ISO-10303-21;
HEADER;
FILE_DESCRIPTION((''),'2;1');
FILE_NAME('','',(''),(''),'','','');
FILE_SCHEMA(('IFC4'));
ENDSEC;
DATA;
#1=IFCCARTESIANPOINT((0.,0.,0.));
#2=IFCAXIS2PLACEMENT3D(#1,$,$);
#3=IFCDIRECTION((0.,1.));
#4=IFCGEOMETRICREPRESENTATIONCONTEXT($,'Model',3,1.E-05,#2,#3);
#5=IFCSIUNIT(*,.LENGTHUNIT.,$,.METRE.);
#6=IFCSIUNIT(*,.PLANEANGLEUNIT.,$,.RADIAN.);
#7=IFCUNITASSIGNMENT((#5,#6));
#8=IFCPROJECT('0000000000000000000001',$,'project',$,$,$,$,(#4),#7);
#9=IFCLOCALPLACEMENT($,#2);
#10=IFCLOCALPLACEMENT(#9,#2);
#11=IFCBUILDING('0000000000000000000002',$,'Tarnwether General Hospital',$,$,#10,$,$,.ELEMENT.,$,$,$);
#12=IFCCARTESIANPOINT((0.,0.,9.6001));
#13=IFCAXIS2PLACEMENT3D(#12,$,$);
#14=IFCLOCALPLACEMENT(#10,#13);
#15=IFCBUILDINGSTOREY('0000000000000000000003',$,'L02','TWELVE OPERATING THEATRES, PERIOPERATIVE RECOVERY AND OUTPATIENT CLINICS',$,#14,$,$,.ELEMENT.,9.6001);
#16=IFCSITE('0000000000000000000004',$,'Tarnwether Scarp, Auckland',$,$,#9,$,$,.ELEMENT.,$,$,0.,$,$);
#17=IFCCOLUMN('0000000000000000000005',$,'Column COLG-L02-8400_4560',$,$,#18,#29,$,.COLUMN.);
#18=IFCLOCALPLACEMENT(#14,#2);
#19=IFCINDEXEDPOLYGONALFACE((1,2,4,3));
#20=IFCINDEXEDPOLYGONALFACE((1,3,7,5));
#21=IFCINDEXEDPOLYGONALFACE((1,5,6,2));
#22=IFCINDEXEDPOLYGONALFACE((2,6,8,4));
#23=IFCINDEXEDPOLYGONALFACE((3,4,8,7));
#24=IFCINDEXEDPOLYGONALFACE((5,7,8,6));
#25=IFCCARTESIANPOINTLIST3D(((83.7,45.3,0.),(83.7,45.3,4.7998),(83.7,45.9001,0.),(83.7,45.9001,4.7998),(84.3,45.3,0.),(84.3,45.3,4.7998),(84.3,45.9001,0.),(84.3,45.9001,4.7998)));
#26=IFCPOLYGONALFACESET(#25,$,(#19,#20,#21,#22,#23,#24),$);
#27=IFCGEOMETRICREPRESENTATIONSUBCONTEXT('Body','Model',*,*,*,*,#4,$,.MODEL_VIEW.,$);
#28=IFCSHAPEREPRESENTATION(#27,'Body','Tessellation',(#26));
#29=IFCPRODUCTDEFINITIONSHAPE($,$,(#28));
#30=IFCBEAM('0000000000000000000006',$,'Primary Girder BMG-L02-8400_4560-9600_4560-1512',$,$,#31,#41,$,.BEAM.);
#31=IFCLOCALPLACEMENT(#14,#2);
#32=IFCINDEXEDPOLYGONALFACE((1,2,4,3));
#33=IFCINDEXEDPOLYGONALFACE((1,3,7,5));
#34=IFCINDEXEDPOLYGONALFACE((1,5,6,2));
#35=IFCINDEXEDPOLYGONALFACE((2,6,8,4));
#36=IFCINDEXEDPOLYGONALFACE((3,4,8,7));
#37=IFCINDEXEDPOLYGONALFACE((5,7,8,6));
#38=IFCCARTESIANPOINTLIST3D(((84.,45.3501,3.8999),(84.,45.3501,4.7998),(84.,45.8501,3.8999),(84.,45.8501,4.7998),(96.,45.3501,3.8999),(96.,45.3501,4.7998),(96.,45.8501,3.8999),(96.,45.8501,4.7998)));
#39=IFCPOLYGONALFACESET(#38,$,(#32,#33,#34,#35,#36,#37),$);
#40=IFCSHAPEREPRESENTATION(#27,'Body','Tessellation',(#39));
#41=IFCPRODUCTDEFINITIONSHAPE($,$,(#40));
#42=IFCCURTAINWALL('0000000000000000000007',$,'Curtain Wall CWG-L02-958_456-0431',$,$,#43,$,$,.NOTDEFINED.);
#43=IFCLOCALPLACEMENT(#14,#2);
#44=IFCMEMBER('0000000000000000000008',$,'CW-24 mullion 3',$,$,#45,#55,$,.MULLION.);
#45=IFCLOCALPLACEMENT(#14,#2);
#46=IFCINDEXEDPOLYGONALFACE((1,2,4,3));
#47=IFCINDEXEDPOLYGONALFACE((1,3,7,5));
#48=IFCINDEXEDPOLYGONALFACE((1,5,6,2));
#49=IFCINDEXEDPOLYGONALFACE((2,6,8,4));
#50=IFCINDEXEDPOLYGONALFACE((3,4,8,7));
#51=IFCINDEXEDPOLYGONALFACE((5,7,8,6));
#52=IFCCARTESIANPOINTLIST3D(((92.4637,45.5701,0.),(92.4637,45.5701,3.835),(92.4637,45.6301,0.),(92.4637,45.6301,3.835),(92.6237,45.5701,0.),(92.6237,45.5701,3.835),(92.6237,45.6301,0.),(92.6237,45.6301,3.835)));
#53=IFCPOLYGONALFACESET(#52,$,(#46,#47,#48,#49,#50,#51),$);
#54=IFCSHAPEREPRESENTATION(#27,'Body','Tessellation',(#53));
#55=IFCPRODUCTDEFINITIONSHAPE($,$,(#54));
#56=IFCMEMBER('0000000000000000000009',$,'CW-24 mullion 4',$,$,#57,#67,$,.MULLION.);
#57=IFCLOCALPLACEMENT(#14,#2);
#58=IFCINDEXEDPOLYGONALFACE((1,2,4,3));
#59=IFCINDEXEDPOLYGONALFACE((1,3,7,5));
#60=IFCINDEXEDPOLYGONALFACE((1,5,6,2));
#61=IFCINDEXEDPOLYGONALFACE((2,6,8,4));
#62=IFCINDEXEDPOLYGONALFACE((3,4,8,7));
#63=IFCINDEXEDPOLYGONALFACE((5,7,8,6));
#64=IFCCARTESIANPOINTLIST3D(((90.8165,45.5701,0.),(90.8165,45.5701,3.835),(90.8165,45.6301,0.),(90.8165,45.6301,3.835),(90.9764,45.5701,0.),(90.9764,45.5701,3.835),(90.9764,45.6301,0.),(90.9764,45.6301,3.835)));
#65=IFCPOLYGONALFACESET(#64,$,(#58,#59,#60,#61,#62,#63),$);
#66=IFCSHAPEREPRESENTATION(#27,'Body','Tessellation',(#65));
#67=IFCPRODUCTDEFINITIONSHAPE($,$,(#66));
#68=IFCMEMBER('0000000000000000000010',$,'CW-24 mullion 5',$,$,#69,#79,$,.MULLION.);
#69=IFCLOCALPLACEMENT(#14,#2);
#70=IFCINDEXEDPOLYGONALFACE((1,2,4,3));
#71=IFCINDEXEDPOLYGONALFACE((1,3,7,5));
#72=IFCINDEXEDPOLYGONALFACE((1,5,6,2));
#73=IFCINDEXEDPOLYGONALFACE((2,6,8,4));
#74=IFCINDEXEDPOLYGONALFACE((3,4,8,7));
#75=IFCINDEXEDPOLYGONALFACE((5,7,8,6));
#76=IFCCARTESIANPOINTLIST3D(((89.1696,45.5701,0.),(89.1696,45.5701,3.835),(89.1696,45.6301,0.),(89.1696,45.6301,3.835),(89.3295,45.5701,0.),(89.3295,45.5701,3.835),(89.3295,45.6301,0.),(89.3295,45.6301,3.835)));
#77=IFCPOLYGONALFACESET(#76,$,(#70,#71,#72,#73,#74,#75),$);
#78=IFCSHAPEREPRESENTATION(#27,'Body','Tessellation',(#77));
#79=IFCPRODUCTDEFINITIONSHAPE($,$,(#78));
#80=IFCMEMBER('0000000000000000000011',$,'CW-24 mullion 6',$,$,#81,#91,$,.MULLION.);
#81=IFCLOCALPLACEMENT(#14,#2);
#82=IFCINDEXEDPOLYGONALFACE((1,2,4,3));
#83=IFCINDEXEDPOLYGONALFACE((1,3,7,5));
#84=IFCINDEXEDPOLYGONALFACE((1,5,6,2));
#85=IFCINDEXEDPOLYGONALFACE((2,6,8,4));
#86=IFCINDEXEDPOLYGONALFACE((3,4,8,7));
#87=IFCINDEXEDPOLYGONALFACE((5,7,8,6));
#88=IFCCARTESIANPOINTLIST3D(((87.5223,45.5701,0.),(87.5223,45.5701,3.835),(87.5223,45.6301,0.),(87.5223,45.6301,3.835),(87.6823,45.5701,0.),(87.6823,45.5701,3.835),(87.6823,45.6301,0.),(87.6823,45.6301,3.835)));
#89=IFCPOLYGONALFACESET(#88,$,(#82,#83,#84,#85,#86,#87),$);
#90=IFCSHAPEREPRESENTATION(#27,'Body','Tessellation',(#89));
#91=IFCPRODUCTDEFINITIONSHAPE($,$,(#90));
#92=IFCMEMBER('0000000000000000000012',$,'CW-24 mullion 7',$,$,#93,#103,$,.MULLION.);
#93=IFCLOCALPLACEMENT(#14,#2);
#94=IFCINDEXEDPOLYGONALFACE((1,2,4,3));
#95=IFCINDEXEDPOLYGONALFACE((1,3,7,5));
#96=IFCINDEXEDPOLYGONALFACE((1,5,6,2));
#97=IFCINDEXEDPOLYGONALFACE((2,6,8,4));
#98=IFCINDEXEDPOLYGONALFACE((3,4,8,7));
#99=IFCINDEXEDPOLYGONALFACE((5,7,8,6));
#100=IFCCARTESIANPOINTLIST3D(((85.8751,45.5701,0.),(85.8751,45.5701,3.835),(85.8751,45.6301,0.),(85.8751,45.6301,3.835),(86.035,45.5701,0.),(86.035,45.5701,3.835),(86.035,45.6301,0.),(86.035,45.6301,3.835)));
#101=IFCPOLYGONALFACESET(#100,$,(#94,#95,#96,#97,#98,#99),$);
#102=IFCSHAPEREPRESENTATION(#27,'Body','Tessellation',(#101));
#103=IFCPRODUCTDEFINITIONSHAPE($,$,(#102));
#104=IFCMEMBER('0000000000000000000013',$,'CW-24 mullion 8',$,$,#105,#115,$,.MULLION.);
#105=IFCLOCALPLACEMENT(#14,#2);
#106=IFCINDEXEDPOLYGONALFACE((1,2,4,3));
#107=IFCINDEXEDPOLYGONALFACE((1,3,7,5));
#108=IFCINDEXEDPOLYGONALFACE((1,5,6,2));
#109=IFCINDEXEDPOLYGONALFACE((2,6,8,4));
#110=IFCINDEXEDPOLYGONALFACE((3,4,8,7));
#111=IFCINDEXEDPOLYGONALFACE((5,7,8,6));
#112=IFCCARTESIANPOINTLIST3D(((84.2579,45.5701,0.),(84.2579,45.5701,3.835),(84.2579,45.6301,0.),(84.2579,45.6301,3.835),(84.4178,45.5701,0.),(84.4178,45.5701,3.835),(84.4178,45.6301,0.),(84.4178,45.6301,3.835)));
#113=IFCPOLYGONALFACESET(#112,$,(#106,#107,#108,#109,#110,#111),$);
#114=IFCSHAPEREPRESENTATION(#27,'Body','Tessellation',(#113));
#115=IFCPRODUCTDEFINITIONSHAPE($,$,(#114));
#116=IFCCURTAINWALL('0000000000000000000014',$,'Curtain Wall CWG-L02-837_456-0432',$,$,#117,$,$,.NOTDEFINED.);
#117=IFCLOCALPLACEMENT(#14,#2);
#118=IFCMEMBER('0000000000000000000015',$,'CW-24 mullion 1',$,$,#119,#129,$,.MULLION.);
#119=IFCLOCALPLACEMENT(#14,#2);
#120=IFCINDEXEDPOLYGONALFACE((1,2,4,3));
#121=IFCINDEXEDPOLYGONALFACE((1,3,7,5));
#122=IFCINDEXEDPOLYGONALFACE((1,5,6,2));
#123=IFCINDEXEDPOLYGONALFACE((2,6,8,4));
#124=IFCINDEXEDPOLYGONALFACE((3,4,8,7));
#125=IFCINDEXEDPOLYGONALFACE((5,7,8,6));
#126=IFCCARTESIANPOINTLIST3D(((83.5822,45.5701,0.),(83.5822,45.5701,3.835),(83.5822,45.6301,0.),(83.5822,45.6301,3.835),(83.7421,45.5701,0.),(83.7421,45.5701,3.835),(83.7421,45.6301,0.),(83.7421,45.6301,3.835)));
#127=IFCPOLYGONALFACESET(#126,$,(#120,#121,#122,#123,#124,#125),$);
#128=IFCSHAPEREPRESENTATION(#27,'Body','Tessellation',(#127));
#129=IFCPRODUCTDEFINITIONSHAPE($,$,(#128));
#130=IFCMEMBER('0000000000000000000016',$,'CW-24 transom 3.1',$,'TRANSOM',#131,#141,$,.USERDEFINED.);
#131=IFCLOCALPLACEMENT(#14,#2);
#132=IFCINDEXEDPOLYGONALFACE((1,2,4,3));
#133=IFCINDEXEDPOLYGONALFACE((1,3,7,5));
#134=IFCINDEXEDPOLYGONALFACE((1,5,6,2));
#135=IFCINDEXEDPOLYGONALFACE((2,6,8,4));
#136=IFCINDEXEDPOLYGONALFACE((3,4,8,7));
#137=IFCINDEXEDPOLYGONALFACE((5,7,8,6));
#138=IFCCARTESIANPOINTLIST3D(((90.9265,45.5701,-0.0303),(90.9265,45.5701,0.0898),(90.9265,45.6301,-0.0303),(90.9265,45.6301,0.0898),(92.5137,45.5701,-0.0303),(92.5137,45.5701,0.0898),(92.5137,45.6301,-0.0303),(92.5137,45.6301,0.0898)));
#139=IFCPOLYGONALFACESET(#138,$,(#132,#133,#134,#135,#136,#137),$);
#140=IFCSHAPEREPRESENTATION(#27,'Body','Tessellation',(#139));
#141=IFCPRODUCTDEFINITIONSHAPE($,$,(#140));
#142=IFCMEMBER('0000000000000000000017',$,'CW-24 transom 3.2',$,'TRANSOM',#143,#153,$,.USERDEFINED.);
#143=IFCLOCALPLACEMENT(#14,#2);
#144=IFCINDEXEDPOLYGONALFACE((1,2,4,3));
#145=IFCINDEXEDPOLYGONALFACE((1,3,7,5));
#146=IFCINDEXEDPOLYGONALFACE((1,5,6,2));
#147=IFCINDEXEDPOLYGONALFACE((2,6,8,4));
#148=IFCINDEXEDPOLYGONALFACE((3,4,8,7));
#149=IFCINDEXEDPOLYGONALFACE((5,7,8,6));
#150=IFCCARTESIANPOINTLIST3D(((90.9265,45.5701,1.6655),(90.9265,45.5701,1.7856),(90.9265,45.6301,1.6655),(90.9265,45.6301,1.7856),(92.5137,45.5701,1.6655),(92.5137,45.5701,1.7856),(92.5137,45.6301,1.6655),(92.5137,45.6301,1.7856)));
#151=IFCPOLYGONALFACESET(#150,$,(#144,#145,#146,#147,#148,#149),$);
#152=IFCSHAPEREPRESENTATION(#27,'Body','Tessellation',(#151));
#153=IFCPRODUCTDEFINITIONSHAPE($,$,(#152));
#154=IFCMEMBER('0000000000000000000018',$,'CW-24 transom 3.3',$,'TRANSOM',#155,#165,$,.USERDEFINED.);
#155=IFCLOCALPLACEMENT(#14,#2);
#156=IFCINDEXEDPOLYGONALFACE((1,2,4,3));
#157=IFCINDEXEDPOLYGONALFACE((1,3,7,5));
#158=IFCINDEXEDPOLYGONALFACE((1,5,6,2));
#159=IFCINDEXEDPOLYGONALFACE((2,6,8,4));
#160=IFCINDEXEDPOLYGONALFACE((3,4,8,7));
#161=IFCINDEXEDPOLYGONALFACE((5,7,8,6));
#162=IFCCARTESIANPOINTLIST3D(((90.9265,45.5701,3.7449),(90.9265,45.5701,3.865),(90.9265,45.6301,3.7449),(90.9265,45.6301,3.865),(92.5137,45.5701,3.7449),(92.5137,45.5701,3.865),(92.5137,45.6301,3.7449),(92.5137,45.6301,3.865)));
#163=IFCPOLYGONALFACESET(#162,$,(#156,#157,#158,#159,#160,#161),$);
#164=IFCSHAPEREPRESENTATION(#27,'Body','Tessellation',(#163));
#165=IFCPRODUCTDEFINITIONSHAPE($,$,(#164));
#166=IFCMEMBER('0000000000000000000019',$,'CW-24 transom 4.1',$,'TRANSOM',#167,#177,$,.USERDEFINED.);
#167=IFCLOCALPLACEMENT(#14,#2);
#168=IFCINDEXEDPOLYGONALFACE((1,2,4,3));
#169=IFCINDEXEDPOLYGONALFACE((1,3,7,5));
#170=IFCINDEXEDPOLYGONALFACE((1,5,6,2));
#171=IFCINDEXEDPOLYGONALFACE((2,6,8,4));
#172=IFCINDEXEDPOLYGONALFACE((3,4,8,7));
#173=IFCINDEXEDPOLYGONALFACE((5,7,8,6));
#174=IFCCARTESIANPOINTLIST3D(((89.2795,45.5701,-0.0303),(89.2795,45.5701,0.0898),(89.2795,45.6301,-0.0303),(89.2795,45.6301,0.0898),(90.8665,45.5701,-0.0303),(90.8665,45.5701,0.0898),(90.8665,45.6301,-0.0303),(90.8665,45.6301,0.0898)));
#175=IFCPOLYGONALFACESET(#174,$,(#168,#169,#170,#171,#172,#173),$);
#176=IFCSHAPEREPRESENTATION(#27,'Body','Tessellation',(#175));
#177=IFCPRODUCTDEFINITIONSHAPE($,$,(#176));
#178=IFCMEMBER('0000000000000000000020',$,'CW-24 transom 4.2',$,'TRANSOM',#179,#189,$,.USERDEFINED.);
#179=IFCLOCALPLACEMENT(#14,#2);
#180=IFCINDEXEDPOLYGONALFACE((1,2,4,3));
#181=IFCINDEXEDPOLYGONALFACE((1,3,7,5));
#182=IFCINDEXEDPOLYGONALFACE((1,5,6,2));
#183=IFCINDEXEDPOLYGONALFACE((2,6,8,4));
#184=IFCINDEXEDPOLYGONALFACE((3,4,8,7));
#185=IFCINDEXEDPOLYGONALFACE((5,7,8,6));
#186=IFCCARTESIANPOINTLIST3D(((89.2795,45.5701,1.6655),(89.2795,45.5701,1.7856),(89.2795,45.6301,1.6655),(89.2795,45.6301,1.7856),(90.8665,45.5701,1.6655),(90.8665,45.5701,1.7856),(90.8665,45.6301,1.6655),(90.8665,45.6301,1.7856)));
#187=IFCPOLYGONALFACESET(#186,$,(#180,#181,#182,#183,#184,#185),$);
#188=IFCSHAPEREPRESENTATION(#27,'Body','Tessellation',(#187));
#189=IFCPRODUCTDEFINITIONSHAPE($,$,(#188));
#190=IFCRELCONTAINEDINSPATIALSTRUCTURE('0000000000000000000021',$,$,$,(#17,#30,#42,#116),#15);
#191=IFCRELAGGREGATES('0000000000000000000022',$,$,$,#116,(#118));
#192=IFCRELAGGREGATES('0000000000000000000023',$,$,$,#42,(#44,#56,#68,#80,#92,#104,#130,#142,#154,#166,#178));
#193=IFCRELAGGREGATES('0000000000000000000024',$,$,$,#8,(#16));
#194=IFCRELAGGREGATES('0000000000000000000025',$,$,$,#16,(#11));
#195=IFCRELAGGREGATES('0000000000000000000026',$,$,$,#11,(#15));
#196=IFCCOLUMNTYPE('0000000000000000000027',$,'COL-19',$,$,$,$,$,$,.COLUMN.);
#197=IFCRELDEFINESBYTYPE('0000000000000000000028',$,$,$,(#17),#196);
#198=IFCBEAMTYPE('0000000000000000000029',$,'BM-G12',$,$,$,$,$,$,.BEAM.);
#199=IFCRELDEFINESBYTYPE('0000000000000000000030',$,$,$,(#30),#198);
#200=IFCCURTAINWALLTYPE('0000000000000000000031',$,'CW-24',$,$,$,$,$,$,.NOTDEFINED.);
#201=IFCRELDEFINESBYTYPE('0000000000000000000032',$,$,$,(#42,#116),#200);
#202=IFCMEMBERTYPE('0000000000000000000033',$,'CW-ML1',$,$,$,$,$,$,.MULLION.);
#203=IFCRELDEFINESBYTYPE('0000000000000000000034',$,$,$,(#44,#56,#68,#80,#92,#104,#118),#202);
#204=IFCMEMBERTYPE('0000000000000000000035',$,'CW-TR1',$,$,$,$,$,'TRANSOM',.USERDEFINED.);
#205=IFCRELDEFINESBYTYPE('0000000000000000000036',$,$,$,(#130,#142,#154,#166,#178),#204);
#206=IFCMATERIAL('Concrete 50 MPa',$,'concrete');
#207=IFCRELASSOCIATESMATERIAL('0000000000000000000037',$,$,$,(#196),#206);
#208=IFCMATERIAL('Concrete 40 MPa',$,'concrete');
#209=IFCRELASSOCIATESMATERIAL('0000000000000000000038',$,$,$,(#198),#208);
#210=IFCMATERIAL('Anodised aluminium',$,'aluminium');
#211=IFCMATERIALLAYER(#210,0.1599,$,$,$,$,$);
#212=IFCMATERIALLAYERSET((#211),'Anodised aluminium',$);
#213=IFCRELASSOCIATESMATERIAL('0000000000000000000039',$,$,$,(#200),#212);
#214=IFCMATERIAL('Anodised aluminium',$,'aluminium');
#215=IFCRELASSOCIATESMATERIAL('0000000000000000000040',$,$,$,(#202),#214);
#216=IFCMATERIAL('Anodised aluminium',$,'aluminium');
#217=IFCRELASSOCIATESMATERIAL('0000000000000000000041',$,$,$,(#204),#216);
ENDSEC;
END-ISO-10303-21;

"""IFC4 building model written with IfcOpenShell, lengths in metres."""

from ifc_helpers import new_model, si_unit, direction, frame, origin, origin_2d, place, context, subcontext, project, spatial, rectangle, extrude, material, layer, layer_set, material_profile, profile_set, type_object, element, aggregate, save


model = new_model("IFC4")

# Units and contexts
model_context = context("Model", 3, precision=1e-05, world=origin(), true_north=direction((0.0, 1.0)))
body_context = subcontext(model_context, "Body", "Model", "MODEL_VIEW")
ifc_project = project(units=[si_unit("LENGTHUNIT", "METRE"), si_unit("PLANEANGLEUNIT", "RADIAN")], contexts=[model_context])

# Site, building, storey
site_placement = place(None, origin())
site = spatial("IfcSite", under=ifc_project, at=site_placement, Name="Tarnwether Scarp, Auckland", CompositionType="ELEMENT", RefElevation=0.0)
building_placement = place(site_placement, origin())
building = spatial("IfcBuilding", under=site, at=building_placement, Name="Tarnwether General Hospital", CompositionType="ELEMENT")
storey_placement = place(building_placement, frame((0.0, 0.0, 9.6001)))
storey = spatial("IfcBuildingStorey", under=building, at=storey_placement, Name="L02", Description="TWELVE OPERATING THEATRES, PERIOPERATIVE RECOVERY AND OUTPATIENT CLINICS", CompositionType="ELEMENT", Elevation=9.6001)

# Column
ifc_material_1 = material(Name="Concrete 50 MPa", Category="concrete")
ifc_material_profile_1 = material_profile(ifc_material_1, rectangle(XDim=0.6001, YDim=0.6001, at=origin_2d()), Name="RC-COL-600x600")
ifc_profile_set_1 = profile_set([ifc_material_profile_1], Name="Concrete 50 MPa")
column_type = type_object("IfcColumnType", Name="COL-19", PredefinedType="COLUMN", material=ifc_profile_set_1)
column_placement = place(storey_placement, frame((84.0, 45.6001, 0.0), z_axis=(0.0, 0.0, 1.0), x_axis=(0.0, 1.0, 0.0)))
element("IfcColumn", 1, at=column_placement, inside=storey, type_object=column_type, Name="Column COLG-L02-8400_4560", PredefinedType="COLUMN", context=body_context, shape_type="SweptSolid", body=[
    extrude(rectangle(XDim=0.6001, YDim=0.6001, at=origin_2d()), origin(), (0.0, 0.0, 1.0), 4.7998),
])

# Beam
ifc_material_2 = material(Name="Concrete 40 MPa", Category="concrete")
ifc_material_profile_2 = material_profile(ifc_material_2, rectangle(XDim=0.5, YDim=0.8999, at=origin_2d()), Name="RC-BM-500x900")
ifc_profile_set_2 = profile_set([ifc_material_profile_2], Name="Concrete 40 MPa")
beam_type = type_object("IfcBeamType", Name="BM-G12", PredefinedType="BEAM", material=ifc_profile_set_2)
beam_placement = place(storey_placement, frame((84.0, 45.6001, 4.3499), z_axis=(1.0, 0.0, 0.0), x_axis=(0.0, 1.0, 0.0)))
element("IfcBeam", 2, at=beam_placement, inside=storey, type_object=beam_type, Name="Primary Girder BMG-L02-8400_4560-9600_4560-1512", PredefinedType="BEAM", context=body_context, shape_type="SweptSolid", body=[
    extrude(rectangle(XDim=0.5, YDim=0.8999, at=origin_2d()), origin(), (0.0, 0.0, 1.0), 12.0),
])

# Curtain wall, members
ifc_material_3 = material(Name="Anodised aluminium", Category="aluminium")
ifc_layer_1 = layer(ifc_material_3, 0.1599)
ifc_layer_set_1 = layer_set([ifc_layer_1], Name="Anodised aluminium")
curtain_wall_type = type_object("IfcCurtainWallType", Name="CW-24", PredefinedType="NOTDEFINED", material=ifc_layer_set_1)
curtain_wall_1_placement = place(storey_placement, origin())
curtain_wall_1 = element("IfcCurtainWall", 3, at=curtain_wall_1_placement, inside=storey, type_object=curtain_wall_type, Name="Curtain Wall CWG-L02-958_456-0431", PredefinedType="NOTDEFINED")
ifc_material_4 = material(Name="Anodised aluminium", Category="aluminium")
ifc_material_profile_3 = material_profile(ifc_material_4, rectangle(XDim=0.0601, YDim=0.1599, at=origin_2d()), Name="ALU-MUL-60x160")
ifc_profile_set_3 = profile_set([ifc_material_profile_3], Name="Anodised aluminium")
member_type_1 = type_object("IfcMemberType", Name="CW-ML1", PredefinedType="MULLION", material=ifc_profile_set_3)
member_1_placement = place(storey_placement, frame((92.5437, 45.6001, 0.0), z_axis=(0.0, 0.0, 1.0), x_axis=(0.0, -1.0, 0.0)))
member_1 = element("IfcMember", 4, at=member_1_placement, type_object=member_type_1, Name="CW-24 mullion 3", PredefinedType="MULLION", context=body_context, shape_type="SweptSolid", body=[
    extrude(rectangle(XDim=0.0601, YDim=0.1599, at=origin_2d()), origin(), (0.0, 0.0, 1.0), 3.835),
])
member_2_placement = place(storey_placement, frame((90.8965, 45.6001, 0.0), z_axis=(0.0, 0.0, 1.0), x_axis=(0.0, -1.0, 0.0)))
member_2 = element("IfcMember", 5, at=member_2_placement, type_object=member_type_1, Name="CW-24 mullion 4", PredefinedType="MULLION", context=body_context, shape_type="SweptSolid", body=[
    extrude(rectangle(XDim=0.0601, YDim=0.1599, at=origin_2d()), origin(), (0.0, 0.0, 1.0), 3.835),
])
member_3_placement = place(storey_placement, frame((89.2495, 45.6001, 0.0), z_axis=(0.0, 0.0, 1.0), x_axis=(0.0, -1.0, 0.0)))
member_3 = element("IfcMember", 6, at=member_3_placement, type_object=member_type_1, Name="CW-24 mullion 5", PredefinedType="MULLION", context=body_context, shape_type="SweptSolid", body=[
    extrude(rectangle(XDim=0.0601, YDim=0.1599, at=origin_2d()), origin(), (0.0, 0.0, 1.0), 3.835),
])
member_4_placement = place(storey_placement, frame((87.6023, 45.6001, 0.0), z_axis=(0.0, 0.0, 1.0), x_axis=(0.0, -1.0, 0.0)))
member_4 = element("IfcMember", 7, at=member_4_placement, type_object=member_type_1, Name="CW-24 mullion 6", PredefinedType="MULLION", context=body_context, shape_type="SweptSolid", body=[
    extrude(rectangle(XDim=0.0601, YDim=0.1599, at=origin_2d()), origin(), (0.0, 0.0, 1.0), 3.835),
])
member_5_placement = place(storey_placement, frame((85.9551, 45.6001, 0.0), z_axis=(0.0, 0.0, 1.0), x_axis=(0.0, -1.0, 0.0)))
member_5 = element("IfcMember", 8, at=member_5_placement, type_object=member_type_1, Name="CW-24 mullion 7", PredefinedType="MULLION", context=body_context, shape_type="SweptSolid", body=[
    extrude(rectangle(XDim=0.0601, YDim=0.1599, at=origin_2d()), origin(), (0.0, 0.0, 1.0), 3.835),
])
member_6_placement = place(storey_placement, frame((84.3379, 45.6001, 0.0), z_axis=(0.0, 0.0, 1.0), x_axis=(0.0, -1.0, 0.0)))
member_6 = element("IfcMember", 9, at=member_6_placement, type_object=member_type_1, Name="CW-24 mullion 8", PredefinedType="MULLION", context=body_context, shape_type="SweptSolid", body=[
    extrude(rectangle(XDim=0.0601, YDim=0.1599, at=origin_2d()), origin(), (0.0, 0.0, 1.0), 3.835),
])

# Curtain wall, member
curtain_wall_2_placement = place(storey_placement, origin())
curtain_wall_2 = element("IfcCurtainWall", 10, at=curtain_wall_2_placement, inside=storey, type_object=curtain_wall_type, Name="Curtain Wall CWG-L02-837_456-0432", PredefinedType="NOTDEFINED")
member_7_placement = place(storey_placement, frame((83.6621, 45.6001, 0.0), z_axis=(0.0, 0.0, 1.0), x_axis=(0.0, -1.0, 0.0)))
member_7 = element("IfcMember", 11, at=member_7_placement, type_object=member_type_1, Name="CW-24 mullion 1", PredefinedType="MULLION", context=body_context, shape_type="SweptSolid", body=[
    extrude(rectangle(XDim=0.0601, YDim=0.1599, at=origin_2d()), origin(), (0.0, 0.0, 1.0), 3.835),
])
aggregate(curtain_wall_2, [member_7])

# Members
ifc_material_5 = material(Name="Anodised aluminium", Category="aluminium")
ifc_material_profile_4 = material_profile(ifc_material_5, rectangle(XDim=0.0601, YDim=0.1201, at=origin_2d()), Name="ALU-TRN-60x120")
ifc_profile_set_4 = profile_set([ifc_material_profile_4], Name="Anodised aluminium")
member_type_2 = type_object("IfcMemberType", Name="CW-TR1", ElementType="TRANSOM", PredefinedType="USERDEFINED", material=ifc_profile_set_4)
member_8_placement = place(storey_placement, frame((92.5137, 45.6001, 0.0298), z_axis=(-1.0, 0.0, 0.0), x_axis=(0.0, -1.0, 0.0)))
member_8 = element("IfcMember", 12, at=member_8_placement, type_object=member_type_2, Name="CW-24 transom 3.1", ObjectType="TRANSOM", PredefinedType="USERDEFINED", context=body_context, shape_type="SweptSolid", body=[
    extrude(rectangle(XDim=0.0601, YDim=0.1201, at=origin_2d()), origin(), (0.0, 0.0, 1.0), 1.5872),
])
member_9_placement = place(storey_placement, frame((92.5137, 45.6001, 1.7256), z_axis=(-1.0, 0.0, 0.0), x_axis=(0.0, -1.0, 0.0)))
member_9 = element("IfcMember", 13, at=member_9_placement, type_object=member_type_2, Name="CW-24 transom 3.2", ObjectType="TRANSOM", PredefinedType="USERDEFINED", context=body_context, shape_type="SweptSolid", body=[
    extrude(rectangle(XDim=0.0601, YDim=0.1201, at=origin_2d()), origin(), (0.0, 0.0, 1.0), 1.5872),
])
member_10_placement = place(storey_placement, frame((92.5137, 45.6001, 3.8049), z_axis=(-1.0, 0.0, 0.0), x_axis=(0.0, -1.0, 0.0)))
member_10 = element("IfcMember", 14, at=member_10_placement, type_object=member_type_2, Name="CW-24 transom 3.3", ObjectType="TRANSOM", PredefinedType="USERDEFINED", context=body_context, shape_type="SweptSolid", body=[
    extrude(rectangle(XDim=0.0601, YDim=0.1201, at=origin_2d()), origin(), (0.0, 0.0, 1.0), 1.5872),
])
member_11_placement = place(storey_placement, frame((90.8665, 45.6001, 0.0298), z_axis=(-1.0, 0.0, 0.0), x_axis=(0.0, -1.0, 0.0)))
member_11 = element("IfcMember", 15, at=member_11_placement, type_object=member_type_2, Name="CW-24 transom 4.1", ObjectType="TRANSOM", PredefinedType="USERDEFINED", context=body_context, shape_type="SweptSolid", body=[
    extrude(rectangle(XDim=0.0601, YDim=0.1201, at=origin_2d()), origin(), (0.0, 0.0, 1.0), 1.5869),
])
member_12_placement = place(storey_placement, frame((90.8665, 45.6001, 1.7256), z_axis=(-1.0, 0.0, 0.0), x_axis=(0.0, -1.0, 0.0)))
member_12 = element("IfcMember", 16, at=member_12_placement, type_object=member_type_2, Name="CW-24 transom 4.2", ObjectType="TRANSOM", PredefinedType="USERDEFINED", context=body_context, shape_type="SweptSolid", body=[
    extrude(rectangle(XDim=0.0601, YDim=0.1201, at=origin_2d()), origin(), (0.0, 0.0, 1.0), 1.5869),
])

aggregate(curtain_wall_1, [member_1, member_2, member_3, member_4, member_5, member_6, member_8, member_9, member_10, member_11, member_12])

save(model, "model.ifc")
